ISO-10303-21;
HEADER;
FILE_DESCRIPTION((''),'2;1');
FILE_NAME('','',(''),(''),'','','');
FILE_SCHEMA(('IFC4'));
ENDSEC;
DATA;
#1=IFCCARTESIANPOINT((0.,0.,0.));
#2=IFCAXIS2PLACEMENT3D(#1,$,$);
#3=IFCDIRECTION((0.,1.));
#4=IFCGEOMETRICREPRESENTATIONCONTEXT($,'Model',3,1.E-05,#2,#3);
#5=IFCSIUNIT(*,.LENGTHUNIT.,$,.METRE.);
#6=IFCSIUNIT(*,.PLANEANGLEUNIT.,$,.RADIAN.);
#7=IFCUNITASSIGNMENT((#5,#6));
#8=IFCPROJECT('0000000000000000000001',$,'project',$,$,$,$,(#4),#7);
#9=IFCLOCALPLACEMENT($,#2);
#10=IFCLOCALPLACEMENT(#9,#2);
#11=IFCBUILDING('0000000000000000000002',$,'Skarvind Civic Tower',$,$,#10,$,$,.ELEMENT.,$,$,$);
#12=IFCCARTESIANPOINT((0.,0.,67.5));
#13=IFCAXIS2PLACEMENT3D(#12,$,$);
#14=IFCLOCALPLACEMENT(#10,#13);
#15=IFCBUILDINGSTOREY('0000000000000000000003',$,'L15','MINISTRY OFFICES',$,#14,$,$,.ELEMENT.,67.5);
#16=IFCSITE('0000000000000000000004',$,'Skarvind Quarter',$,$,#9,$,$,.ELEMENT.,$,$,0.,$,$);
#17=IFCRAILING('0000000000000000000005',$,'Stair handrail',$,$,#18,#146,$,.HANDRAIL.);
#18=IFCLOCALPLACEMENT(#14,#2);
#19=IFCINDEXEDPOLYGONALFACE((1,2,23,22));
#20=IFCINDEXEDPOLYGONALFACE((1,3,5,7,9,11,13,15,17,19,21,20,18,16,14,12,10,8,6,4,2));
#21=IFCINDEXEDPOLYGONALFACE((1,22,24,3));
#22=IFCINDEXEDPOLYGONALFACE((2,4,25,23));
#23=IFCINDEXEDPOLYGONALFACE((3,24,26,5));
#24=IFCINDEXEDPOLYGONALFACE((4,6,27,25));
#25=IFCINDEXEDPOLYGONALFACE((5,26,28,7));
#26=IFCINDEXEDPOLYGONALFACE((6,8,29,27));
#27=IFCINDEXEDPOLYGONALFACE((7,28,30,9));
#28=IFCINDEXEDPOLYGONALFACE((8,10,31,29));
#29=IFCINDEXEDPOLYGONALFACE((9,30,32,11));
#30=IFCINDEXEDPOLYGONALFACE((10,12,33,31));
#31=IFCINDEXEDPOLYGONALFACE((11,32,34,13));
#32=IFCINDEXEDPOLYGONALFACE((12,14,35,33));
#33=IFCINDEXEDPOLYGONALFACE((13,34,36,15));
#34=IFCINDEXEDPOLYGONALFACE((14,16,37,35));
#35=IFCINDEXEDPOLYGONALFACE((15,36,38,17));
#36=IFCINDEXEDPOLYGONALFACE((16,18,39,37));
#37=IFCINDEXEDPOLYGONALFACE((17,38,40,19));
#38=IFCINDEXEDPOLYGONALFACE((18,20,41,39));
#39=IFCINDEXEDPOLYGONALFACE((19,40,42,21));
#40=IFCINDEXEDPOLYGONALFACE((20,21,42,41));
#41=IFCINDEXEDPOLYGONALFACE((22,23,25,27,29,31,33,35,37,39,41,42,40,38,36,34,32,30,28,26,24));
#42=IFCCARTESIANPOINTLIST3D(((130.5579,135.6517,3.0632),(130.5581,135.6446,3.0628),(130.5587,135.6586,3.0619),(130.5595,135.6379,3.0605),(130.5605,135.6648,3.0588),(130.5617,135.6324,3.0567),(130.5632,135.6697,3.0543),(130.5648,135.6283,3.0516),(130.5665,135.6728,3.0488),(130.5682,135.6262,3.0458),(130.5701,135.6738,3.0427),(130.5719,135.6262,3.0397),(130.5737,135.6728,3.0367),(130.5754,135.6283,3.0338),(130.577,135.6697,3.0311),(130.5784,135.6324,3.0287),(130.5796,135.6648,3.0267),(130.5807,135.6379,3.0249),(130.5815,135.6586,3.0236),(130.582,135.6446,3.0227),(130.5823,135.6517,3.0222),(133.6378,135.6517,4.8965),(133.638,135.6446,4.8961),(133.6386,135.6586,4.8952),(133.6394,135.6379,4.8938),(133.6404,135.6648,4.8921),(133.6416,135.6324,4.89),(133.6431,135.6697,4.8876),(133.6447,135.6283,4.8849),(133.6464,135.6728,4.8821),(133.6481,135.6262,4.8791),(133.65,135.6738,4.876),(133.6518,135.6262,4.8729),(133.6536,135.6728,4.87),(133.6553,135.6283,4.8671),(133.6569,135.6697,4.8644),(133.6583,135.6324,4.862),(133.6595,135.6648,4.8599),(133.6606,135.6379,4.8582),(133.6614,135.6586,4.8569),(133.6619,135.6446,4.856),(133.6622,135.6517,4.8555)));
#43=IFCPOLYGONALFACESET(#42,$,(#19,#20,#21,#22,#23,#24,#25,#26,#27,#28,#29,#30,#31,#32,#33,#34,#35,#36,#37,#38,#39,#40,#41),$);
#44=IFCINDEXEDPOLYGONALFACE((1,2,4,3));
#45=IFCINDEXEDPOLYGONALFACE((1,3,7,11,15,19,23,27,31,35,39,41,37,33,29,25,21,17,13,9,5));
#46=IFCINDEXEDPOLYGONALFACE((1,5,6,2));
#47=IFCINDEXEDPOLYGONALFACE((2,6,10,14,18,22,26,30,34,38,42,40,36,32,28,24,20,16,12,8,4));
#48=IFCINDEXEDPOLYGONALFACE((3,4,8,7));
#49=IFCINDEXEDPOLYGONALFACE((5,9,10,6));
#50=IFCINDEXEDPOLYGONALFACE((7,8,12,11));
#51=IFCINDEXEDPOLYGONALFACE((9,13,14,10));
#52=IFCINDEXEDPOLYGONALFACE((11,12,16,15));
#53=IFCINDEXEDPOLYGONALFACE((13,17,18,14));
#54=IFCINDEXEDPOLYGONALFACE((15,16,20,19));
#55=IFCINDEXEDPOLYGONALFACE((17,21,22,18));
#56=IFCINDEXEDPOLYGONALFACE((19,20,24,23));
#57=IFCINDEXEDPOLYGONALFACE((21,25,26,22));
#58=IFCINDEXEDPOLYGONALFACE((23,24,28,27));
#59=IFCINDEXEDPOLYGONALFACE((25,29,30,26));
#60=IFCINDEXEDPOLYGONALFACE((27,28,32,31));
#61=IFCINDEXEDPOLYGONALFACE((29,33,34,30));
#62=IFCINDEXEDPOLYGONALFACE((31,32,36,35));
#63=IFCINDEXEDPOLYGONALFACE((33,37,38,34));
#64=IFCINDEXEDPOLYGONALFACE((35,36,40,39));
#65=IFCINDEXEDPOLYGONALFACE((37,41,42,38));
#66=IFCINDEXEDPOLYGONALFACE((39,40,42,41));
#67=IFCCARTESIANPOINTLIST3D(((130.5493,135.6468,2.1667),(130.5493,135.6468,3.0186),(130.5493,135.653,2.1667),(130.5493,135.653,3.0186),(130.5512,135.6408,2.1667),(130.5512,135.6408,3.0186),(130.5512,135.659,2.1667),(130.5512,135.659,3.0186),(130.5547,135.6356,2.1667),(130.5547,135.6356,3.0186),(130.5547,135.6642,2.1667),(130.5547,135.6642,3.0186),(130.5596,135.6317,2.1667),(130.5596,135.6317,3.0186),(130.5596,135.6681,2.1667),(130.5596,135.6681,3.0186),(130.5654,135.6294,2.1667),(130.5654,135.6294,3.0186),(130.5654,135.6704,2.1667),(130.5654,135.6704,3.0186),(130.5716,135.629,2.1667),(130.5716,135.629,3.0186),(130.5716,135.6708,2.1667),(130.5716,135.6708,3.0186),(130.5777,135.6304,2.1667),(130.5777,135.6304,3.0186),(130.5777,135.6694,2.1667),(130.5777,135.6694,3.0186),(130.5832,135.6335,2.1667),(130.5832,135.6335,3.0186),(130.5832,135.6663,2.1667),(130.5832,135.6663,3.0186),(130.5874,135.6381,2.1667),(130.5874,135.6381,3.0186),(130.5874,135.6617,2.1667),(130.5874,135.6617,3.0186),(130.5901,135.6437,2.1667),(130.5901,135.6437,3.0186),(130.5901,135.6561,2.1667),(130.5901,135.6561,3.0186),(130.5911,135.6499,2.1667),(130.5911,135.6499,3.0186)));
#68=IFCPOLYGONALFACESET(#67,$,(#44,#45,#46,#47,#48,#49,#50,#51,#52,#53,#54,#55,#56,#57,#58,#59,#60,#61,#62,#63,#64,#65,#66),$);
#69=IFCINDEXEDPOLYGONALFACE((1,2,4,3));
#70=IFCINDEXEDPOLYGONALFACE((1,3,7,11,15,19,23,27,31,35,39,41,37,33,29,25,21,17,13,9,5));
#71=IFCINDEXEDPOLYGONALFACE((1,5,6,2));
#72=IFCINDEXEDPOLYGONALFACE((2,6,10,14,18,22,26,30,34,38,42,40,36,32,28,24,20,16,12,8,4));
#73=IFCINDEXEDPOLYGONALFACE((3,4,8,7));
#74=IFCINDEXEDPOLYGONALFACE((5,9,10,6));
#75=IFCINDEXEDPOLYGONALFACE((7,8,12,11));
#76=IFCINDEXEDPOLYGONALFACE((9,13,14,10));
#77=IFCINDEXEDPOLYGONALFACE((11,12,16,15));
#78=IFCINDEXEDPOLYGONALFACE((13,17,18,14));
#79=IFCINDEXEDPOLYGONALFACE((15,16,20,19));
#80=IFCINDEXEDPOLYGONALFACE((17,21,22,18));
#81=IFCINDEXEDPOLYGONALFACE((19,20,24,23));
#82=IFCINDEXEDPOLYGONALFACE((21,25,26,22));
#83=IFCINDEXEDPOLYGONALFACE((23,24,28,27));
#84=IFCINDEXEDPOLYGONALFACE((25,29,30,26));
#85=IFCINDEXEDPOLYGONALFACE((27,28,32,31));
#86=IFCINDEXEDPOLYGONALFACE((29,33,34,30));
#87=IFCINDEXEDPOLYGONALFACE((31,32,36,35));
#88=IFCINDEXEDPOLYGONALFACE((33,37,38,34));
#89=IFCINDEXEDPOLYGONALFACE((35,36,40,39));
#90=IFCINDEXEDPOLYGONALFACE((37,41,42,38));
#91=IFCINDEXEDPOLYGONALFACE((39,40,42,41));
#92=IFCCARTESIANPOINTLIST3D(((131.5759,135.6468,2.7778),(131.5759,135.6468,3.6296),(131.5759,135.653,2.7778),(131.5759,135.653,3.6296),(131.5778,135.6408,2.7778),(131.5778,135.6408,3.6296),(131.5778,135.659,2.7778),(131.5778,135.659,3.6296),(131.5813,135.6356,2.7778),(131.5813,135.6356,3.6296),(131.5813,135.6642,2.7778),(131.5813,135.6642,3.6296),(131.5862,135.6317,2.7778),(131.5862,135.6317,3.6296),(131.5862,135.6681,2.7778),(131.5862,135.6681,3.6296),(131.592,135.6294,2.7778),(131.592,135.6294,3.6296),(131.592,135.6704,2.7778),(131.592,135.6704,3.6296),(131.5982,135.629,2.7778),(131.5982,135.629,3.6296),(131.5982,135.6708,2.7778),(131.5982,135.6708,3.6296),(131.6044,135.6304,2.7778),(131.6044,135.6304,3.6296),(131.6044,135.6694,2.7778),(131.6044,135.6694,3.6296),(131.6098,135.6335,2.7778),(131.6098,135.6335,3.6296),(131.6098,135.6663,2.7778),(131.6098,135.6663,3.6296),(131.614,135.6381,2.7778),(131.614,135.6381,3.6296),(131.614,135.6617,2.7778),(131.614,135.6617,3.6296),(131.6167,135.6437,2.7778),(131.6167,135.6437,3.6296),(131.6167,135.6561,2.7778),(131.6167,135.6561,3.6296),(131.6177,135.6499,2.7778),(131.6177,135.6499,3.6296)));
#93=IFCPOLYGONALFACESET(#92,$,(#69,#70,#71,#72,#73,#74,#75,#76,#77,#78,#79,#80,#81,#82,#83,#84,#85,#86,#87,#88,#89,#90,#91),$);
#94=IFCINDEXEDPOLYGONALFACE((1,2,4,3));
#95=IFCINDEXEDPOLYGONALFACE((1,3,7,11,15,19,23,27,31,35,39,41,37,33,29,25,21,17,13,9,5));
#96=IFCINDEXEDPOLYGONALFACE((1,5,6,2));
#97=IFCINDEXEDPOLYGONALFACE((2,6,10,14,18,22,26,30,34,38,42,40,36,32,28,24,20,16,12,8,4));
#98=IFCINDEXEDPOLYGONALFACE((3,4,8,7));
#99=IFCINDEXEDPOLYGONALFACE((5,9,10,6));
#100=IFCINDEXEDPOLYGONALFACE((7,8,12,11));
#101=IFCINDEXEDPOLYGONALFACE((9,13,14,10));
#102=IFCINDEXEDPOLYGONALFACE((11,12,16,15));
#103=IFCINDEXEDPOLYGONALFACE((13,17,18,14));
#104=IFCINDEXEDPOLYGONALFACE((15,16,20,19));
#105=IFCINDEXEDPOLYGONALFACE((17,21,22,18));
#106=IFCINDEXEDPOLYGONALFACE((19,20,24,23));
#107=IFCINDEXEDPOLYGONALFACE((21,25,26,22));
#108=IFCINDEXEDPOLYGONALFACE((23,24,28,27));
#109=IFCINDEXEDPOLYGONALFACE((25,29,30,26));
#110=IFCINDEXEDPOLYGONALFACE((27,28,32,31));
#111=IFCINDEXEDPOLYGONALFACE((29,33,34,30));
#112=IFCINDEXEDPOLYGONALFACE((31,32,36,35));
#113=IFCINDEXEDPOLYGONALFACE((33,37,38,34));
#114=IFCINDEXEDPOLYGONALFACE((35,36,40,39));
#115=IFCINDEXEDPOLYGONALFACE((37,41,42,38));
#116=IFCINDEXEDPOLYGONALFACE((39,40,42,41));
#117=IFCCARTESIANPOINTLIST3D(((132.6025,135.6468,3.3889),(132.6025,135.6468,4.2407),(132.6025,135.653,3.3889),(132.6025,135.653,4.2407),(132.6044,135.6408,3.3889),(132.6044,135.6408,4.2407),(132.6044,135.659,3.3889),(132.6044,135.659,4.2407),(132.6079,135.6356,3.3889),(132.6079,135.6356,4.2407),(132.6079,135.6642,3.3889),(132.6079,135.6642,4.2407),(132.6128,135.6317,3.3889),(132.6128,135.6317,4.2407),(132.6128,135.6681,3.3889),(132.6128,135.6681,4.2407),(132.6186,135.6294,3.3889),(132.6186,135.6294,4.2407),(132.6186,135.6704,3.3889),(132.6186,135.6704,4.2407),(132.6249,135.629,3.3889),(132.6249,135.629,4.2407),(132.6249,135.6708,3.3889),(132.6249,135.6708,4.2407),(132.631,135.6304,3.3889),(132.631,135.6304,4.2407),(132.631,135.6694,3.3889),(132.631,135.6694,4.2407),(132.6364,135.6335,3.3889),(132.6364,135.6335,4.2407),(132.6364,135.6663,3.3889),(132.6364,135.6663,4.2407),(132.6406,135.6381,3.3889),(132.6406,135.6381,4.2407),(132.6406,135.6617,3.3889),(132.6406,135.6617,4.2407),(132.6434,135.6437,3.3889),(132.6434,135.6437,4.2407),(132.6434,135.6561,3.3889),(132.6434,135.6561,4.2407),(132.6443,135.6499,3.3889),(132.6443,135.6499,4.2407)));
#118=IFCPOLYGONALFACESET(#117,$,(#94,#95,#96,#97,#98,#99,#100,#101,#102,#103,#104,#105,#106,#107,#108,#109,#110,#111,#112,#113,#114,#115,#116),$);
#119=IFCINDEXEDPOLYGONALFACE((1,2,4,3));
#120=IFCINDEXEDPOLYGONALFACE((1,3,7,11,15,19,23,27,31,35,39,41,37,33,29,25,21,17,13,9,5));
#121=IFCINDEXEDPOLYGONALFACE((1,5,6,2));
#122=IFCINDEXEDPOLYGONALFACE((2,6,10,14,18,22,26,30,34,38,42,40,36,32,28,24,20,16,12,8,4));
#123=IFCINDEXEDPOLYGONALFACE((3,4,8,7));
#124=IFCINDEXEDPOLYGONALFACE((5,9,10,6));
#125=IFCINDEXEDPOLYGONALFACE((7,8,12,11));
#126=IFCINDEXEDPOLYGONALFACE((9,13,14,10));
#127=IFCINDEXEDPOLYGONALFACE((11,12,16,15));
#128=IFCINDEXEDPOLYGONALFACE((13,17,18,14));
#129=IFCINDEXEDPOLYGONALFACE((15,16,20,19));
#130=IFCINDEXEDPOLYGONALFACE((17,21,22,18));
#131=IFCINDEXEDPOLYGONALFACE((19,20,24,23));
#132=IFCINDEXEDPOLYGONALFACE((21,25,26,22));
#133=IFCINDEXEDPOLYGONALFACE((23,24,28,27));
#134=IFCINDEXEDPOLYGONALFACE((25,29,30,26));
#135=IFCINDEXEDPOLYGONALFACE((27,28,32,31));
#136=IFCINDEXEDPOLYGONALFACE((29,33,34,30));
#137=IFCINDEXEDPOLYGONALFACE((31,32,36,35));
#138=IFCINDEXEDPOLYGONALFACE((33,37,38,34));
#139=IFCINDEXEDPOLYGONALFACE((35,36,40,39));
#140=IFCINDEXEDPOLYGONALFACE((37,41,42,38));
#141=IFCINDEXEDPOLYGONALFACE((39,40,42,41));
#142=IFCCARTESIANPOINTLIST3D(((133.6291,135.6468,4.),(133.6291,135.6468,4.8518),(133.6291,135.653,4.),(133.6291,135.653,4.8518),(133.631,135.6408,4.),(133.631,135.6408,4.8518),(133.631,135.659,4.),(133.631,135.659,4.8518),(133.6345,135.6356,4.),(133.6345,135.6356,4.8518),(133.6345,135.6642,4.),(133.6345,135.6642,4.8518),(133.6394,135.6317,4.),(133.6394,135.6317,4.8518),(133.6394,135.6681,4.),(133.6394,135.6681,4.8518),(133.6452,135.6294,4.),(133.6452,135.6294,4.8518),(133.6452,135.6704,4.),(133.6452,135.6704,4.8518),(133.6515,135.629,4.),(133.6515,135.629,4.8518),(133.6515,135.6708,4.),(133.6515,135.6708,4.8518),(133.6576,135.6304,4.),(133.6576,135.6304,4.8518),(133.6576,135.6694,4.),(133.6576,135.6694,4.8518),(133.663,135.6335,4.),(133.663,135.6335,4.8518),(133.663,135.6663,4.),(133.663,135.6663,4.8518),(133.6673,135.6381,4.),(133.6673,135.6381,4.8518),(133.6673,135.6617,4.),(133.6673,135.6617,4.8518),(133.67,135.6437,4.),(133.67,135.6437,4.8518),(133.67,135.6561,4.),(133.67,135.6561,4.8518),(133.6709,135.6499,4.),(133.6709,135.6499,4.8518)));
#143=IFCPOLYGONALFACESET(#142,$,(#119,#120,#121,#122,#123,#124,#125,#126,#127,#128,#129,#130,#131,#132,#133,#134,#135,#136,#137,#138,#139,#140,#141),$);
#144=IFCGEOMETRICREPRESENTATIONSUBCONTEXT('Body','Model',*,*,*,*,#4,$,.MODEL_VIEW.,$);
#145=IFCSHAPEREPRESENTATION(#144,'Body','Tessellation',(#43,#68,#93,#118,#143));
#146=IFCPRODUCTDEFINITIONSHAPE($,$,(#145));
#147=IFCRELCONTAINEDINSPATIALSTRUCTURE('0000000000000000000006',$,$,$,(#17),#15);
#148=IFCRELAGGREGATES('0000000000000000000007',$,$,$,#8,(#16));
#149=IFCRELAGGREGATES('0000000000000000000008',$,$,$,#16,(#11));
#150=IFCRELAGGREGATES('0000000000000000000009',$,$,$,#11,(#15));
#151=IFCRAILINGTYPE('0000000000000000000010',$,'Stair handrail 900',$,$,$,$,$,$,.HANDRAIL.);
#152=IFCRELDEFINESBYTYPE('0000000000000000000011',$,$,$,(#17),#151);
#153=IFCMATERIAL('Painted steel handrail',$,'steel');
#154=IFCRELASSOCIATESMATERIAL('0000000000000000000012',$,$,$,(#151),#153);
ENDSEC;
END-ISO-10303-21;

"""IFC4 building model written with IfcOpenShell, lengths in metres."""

from ifc_helpers import new_model, si_unit, direction, frame, origin, origin_2d, place, context, subcontext, project, spatial, circle, extrude, material, type_object, element, save


model = new_model("IFC4")

# Units and contexts
model_context = context("Model", 3, precision=1e-05, world=origin(), true_north=direction((0.0, 1.0)))
body_context = subcontext(model_context, "Body", "Model", "MODEL_VIEW")
ifc_project = project(units=[si_unit("LENGTHUNIT", "METRE"), si_unit("PLANEANGLEUNIT", "RADIAN")], contexts=[model_context])

# Site, building, storey
site_placement = place(None, origin())
site = spatial("IfcSite", under=ifc_project, at=site_placement, Name="Skarvind Quarter", CompositionType="ELEMENT", RefElevation=0.0)
building_placement = place(site_placement, origin())
building = spatial("IfcBuilding", under=site, at=building_placement, Name="Skarvind Civic Tower", CompositionType="ELEMENT")
storey_placement = place(building_placement, frame((0.0, 0.0, 67.5)))
storey = spatial("IfcBuildingStorey", under=building, at=storey_placement, Name="L15", Description="MINISTRY OFFICES", CompositionType="ELEMENT", Elevation=67.5)

# Railing
ifc_material_1 = material(Name="Painted steel handrail", Category="steel")
railing_type = type_object("IfcRailingType", Name="Stair handrail 900", PredefinedType="HANDRAIL", material=ifc_material_1)
railing_1_placement = place(storey_placement, frame((130.5701, 135.6499, 2.1667)))
element("IfcRailing", 1, at=railing_1_placement, inside=storey, type_object=railing_type, Name="Stair handrail", PredefinedType="HANDRAIL", context=body_context, shape_type="SweptSolid", body=[
    extrude(circle(Radius=0.0239, at=origin_2d()), frame((0.0, 0.0, 0.876), z_axis=(0.859291, 0.0, 0.511487), x_axis=(0.0, 1.0, 0.0)), (0.0, 0.0, 1.0), 3.5842),
    extrude(circle(Radius=0.021, at=origin_2d()), origin(), (0.0, 0.0, 1.0), 0.8518),
    extrude(circle(Radius=0.021, at=origin_2d()), frame((1.0266, 0.0, 0.6111)), (0.0, 0.0, 1.0), 0.8518),
    extrude(circle(Radius=0.021, at=origin_2d()), frame((2.0532, 0.0, 1.2222)), (0.0, 0.0, 1.0), 0.8518),
    extrude(circle(Radius=0.021, at=origin_2d()), frame((3.0798, 0.0, 1.8333)), (0.0, 0.0, 1.0), 0.8518),
])

save(model, "model.ifc")
